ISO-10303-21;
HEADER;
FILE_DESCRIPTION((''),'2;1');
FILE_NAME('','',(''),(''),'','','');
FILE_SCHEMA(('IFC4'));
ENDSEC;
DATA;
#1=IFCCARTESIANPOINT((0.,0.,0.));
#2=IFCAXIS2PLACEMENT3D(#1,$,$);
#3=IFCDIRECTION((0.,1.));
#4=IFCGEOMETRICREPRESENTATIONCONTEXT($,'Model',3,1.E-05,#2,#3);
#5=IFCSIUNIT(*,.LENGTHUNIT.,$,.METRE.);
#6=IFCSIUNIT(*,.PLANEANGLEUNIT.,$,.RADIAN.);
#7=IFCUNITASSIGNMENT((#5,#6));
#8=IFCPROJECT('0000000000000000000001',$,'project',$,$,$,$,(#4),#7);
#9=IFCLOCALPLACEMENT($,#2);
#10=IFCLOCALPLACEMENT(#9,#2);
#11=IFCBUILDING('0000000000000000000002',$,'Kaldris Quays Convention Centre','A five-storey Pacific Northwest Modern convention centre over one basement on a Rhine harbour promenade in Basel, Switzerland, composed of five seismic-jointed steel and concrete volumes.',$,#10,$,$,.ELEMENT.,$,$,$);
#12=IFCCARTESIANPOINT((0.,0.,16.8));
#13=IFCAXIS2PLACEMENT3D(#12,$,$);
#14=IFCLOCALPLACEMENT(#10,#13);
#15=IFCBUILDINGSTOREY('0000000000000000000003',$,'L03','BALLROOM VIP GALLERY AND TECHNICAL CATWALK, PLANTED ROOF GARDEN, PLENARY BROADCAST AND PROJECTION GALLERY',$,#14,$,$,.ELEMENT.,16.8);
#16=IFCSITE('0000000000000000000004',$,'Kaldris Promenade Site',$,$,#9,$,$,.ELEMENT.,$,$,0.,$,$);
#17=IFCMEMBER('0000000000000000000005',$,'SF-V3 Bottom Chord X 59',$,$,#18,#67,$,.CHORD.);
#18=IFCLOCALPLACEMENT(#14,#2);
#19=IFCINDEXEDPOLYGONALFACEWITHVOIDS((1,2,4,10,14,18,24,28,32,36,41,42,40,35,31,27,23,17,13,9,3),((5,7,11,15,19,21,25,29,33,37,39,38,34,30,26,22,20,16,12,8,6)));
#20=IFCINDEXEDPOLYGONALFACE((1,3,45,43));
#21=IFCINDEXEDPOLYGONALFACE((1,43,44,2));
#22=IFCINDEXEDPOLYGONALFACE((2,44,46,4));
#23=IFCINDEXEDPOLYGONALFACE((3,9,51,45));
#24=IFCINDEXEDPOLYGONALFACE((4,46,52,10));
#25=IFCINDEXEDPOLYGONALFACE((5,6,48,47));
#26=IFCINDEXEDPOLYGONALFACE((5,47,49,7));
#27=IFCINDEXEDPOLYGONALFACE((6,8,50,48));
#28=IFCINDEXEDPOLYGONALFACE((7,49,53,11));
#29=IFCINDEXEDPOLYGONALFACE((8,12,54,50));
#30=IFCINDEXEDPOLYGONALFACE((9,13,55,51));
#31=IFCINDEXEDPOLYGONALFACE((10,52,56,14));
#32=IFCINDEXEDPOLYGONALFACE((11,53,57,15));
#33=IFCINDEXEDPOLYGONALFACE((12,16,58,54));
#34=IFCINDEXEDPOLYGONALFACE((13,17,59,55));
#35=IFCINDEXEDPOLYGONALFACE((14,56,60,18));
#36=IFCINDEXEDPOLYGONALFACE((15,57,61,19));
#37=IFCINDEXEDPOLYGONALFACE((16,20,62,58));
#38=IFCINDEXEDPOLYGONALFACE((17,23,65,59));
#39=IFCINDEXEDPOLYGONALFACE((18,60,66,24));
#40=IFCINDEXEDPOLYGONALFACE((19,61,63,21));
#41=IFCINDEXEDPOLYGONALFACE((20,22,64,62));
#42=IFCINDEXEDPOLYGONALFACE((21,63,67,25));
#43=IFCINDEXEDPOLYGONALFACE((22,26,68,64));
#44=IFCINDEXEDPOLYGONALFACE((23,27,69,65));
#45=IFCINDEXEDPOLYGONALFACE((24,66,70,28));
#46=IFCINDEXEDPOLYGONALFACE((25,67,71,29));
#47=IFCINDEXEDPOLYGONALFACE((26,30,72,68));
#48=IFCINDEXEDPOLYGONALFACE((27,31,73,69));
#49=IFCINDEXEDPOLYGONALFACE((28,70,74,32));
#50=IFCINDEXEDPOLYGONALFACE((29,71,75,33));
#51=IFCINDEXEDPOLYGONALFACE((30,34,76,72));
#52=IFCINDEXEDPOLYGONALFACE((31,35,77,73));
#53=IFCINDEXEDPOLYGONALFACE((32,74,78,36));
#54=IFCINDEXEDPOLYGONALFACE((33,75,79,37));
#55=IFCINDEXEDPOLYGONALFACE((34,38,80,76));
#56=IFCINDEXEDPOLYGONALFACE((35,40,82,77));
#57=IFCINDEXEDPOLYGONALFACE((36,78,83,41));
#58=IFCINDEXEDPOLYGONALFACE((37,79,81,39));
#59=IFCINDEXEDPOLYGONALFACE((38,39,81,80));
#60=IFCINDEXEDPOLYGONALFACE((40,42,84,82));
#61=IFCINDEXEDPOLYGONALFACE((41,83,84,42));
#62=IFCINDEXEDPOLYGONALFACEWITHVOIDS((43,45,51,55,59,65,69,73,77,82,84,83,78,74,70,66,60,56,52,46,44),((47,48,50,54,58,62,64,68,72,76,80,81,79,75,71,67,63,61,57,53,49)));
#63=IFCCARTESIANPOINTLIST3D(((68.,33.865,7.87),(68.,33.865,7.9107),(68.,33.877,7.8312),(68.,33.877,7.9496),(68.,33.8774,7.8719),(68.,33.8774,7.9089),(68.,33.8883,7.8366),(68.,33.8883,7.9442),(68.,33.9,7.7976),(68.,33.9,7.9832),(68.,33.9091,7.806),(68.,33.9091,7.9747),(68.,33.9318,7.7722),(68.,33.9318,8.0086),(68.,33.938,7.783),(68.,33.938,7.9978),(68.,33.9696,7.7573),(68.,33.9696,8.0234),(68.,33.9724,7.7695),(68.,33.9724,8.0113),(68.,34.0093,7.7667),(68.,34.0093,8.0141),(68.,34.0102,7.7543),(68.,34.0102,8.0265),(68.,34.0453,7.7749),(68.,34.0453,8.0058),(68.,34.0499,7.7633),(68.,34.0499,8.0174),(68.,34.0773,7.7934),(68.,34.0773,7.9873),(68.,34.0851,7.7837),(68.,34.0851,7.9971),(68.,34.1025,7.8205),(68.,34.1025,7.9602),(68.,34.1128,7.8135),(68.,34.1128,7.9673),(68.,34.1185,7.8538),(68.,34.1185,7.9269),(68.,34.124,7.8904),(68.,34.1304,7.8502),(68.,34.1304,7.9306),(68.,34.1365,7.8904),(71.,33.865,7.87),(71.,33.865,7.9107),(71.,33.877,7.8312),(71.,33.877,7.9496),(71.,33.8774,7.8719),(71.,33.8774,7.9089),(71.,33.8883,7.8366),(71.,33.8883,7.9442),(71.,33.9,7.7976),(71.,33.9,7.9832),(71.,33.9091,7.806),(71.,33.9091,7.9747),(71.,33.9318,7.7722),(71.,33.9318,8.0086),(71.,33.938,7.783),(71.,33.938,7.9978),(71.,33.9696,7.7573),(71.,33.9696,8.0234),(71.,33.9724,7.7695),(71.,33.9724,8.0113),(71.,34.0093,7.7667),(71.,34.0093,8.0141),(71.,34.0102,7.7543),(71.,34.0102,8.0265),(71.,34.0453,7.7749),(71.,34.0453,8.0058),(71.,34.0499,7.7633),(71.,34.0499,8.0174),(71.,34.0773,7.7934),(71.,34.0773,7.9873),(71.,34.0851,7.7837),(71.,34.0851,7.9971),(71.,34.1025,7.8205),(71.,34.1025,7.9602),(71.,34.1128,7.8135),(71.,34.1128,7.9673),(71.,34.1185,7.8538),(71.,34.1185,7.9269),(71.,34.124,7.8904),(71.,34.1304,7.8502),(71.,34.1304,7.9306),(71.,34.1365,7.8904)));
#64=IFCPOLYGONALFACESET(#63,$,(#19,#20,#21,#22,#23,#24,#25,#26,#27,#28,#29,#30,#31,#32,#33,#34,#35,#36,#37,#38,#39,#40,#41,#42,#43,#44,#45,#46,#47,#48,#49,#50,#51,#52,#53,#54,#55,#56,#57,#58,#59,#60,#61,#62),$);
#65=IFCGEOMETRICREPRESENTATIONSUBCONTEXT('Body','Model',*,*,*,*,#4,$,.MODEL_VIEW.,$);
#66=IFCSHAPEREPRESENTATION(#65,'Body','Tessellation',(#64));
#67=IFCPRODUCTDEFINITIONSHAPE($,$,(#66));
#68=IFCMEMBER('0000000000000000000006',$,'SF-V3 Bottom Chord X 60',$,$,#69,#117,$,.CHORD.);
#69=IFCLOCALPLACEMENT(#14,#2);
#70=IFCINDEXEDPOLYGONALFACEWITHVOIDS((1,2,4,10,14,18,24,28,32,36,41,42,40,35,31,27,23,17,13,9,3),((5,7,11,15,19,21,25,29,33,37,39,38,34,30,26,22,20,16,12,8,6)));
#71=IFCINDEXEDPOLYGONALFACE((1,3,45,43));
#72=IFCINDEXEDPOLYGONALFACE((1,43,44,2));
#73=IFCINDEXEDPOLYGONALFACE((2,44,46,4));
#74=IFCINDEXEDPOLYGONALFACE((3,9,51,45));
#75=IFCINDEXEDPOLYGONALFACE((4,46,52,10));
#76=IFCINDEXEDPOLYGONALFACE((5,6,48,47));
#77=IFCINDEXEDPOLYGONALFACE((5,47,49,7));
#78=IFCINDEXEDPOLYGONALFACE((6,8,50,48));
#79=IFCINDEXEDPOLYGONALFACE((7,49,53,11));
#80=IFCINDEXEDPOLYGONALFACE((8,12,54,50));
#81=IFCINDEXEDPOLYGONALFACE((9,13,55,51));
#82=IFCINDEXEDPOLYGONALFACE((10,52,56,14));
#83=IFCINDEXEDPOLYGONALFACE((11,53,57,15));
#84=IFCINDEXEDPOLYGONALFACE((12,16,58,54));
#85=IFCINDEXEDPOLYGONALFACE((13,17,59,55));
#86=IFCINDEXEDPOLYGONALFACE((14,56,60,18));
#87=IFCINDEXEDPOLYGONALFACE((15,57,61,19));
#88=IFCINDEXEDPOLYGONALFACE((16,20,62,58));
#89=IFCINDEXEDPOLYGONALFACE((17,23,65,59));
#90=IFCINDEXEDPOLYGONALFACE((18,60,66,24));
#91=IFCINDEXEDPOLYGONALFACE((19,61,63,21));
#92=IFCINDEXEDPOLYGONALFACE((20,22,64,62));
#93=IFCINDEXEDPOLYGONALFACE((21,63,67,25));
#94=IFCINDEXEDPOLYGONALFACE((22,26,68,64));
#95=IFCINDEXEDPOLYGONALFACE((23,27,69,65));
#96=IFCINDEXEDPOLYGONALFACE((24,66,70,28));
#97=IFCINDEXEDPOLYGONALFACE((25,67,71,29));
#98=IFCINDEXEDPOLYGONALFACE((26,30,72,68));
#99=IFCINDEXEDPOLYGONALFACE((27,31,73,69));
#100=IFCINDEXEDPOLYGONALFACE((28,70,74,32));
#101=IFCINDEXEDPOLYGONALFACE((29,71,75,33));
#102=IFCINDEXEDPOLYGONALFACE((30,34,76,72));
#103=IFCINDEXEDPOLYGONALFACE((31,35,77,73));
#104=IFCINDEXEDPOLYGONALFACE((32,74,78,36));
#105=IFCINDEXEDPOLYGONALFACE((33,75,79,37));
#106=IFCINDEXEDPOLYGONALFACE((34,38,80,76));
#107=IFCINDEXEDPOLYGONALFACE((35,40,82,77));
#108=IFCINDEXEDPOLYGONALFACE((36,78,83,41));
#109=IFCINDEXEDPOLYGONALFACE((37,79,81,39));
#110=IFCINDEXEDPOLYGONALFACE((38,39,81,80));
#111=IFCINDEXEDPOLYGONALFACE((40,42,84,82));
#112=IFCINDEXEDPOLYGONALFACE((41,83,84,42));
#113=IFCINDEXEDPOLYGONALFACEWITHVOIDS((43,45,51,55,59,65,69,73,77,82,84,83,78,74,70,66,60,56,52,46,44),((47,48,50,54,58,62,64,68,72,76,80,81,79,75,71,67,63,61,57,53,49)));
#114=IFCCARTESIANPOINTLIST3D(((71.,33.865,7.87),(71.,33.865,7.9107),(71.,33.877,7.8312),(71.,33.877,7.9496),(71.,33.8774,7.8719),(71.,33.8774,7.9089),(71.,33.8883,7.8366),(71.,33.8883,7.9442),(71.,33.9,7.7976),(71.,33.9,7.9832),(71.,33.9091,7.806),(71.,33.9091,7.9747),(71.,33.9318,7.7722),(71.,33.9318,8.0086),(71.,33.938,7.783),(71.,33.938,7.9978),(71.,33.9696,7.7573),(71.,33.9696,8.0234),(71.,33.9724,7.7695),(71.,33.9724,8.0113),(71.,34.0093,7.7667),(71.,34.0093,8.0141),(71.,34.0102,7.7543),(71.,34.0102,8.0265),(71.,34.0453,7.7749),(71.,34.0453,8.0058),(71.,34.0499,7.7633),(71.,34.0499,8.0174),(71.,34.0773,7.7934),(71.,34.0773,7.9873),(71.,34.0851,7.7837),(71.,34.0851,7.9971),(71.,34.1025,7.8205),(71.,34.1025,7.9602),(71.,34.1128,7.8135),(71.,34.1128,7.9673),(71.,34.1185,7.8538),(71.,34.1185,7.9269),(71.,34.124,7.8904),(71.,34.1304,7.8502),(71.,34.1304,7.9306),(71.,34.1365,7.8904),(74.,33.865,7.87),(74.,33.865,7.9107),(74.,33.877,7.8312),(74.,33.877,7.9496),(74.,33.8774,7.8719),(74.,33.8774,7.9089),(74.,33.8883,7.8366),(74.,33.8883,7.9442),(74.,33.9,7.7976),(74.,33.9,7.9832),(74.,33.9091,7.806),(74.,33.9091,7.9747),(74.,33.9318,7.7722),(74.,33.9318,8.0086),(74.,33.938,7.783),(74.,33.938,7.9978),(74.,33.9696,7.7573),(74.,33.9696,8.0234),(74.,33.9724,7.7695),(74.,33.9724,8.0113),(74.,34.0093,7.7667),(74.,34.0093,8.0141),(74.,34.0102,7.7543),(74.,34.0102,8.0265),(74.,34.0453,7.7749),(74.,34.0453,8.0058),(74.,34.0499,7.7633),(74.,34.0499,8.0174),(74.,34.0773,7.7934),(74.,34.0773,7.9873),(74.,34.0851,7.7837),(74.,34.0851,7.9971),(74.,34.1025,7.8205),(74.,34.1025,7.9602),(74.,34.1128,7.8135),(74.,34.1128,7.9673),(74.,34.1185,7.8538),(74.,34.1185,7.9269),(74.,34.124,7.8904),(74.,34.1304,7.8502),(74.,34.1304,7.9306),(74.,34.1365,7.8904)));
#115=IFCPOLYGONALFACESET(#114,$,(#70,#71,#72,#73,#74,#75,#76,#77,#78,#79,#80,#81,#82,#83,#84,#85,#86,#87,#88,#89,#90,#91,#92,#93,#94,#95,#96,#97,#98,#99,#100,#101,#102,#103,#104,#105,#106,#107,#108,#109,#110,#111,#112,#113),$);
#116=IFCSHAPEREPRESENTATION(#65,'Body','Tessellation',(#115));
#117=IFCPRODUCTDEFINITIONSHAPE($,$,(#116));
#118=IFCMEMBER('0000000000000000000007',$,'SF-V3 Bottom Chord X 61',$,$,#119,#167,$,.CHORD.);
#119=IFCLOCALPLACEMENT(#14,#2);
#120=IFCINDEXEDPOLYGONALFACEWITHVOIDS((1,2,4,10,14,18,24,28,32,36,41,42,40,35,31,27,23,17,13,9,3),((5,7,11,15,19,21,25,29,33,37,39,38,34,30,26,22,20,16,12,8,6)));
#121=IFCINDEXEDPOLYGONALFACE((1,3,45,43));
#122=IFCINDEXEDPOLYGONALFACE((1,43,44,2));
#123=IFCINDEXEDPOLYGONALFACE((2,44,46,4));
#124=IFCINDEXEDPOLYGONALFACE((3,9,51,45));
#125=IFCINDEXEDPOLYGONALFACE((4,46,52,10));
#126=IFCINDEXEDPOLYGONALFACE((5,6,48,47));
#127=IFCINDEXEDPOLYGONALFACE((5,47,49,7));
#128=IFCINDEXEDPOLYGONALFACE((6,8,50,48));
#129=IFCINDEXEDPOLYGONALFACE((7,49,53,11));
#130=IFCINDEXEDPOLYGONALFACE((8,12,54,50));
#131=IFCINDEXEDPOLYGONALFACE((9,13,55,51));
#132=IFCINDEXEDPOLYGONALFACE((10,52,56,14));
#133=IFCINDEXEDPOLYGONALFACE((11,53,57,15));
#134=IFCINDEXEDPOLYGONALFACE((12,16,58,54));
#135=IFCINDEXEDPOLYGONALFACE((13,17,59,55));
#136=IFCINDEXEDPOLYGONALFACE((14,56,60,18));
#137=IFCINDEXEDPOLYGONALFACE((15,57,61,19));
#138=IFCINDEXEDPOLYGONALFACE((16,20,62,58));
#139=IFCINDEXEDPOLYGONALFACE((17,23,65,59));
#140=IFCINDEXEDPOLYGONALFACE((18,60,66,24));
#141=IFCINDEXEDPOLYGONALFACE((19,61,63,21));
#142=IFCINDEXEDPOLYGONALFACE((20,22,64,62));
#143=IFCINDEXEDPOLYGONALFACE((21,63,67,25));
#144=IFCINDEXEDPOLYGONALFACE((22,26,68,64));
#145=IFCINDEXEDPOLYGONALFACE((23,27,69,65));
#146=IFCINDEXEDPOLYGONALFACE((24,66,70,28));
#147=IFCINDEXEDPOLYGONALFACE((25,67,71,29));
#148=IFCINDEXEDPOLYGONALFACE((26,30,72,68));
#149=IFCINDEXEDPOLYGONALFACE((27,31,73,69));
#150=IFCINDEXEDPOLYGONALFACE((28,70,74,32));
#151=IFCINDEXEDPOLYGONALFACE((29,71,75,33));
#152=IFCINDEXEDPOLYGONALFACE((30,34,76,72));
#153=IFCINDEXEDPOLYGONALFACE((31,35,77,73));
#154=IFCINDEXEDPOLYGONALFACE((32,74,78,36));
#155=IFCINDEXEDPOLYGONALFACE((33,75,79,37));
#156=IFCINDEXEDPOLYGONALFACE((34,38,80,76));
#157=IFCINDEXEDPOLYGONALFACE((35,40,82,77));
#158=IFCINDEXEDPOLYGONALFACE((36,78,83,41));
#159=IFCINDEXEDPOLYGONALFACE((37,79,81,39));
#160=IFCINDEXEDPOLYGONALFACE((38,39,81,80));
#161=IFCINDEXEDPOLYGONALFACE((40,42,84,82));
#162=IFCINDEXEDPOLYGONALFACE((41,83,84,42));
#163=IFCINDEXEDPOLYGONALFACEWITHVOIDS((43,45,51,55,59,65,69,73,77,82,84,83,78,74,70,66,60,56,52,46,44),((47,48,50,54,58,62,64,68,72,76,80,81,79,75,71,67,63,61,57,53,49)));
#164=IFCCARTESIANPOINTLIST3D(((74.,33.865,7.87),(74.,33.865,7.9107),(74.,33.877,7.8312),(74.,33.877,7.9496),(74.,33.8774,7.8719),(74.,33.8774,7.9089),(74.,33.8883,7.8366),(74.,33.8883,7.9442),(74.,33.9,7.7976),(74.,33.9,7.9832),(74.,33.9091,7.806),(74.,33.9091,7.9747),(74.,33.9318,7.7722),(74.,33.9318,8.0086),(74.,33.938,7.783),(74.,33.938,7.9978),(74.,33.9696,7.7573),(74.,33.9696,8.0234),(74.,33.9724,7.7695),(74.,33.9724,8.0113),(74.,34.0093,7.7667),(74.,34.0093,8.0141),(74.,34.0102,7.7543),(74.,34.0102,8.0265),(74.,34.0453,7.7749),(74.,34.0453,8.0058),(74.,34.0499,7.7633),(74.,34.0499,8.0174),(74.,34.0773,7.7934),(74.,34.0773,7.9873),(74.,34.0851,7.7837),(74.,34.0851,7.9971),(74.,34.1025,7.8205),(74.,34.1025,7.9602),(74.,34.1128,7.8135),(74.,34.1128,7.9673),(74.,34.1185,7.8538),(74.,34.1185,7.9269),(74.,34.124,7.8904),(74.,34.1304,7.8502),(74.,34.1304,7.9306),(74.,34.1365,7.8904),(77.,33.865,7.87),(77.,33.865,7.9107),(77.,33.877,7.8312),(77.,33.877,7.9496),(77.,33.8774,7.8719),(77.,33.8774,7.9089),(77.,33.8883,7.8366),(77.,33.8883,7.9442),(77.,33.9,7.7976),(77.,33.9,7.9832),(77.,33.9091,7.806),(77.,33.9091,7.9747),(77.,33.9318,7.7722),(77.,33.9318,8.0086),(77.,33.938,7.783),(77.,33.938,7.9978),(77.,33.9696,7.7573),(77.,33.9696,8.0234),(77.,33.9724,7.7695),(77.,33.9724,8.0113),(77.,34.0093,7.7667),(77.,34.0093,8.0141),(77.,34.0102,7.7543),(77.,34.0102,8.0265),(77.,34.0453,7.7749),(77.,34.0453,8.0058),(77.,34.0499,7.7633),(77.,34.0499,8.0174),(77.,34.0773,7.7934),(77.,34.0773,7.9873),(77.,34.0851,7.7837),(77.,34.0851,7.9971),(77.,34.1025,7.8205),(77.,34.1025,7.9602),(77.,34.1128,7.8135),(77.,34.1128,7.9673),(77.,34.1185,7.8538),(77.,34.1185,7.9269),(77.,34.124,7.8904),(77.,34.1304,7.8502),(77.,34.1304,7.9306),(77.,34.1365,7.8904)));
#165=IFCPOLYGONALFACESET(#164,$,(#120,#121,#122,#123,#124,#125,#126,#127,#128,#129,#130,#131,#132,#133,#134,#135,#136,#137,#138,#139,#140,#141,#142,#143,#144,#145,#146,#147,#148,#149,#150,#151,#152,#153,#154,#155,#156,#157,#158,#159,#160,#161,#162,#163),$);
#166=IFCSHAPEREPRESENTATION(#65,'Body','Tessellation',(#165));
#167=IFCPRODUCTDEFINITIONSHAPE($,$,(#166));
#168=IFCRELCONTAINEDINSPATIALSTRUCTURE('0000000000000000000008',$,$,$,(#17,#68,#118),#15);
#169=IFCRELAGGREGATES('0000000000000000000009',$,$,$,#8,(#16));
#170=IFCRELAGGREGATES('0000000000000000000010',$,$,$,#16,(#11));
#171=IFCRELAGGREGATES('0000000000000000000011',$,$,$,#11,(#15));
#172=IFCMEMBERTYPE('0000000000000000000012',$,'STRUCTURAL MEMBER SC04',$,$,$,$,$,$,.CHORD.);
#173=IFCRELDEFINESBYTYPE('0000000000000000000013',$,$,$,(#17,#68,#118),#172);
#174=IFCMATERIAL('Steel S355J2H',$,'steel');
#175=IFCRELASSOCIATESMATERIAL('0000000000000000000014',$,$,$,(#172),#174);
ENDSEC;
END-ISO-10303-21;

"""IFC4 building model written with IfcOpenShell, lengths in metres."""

from ifc_helpers import new_model, si_unit, direction, frame, origin, origin_2d, place, context, subcontext, project, spatial, hollow_circle, extrude, material, material_profile, profile_set, type_object, element, save


model = new_model("IFC4")

# Units and contexts
model_context = context("Model", 3, precision=1e-05, world=origin(), true_north=direction((0.0, 1.0)))
body_context = subcontext(model_context, "Body", "Model", "MODEL_VIEW")
ifc_project = project(units=[si_unit("LENGTHUNIT", "METRE"), si_unit("PLANEANGLEUNIT", "RADIAN")], contexts=[model_context])

# Site, building, storey
site_placement = place(None, origin())
site = spatial("IfcSite", under=ifc_project, at=site_placement, Name="Kaldris Promenade Site", CompositionType="ELEMENT", RefElevation=0.0)
building_placement = place(site_placement, origin())
building = spatial("IfcBuilding", under=site, at=building_placement, Name="Kaldris Quays Convention Centre", Description="A five-storey Pacific Northwest Modern convention centre over one basement on a Rhine harbour promenade in Basel, Switzerland, composed of five seismic-jointed steel and concrete volumes.", CompositionType="ELEMENT")
storey_placement = place(building_placement, frame((0.0, 0.0, 16.8)))
storey = spatial("IfcBuildingStorey", under=building, at=storey_placement, Name="L03", Description="BALLROOM VIP GALLERY AND TECHNICAL CATWALK, PLANTED ROOF GARDEN, PLENARY BROADCAST AND PROJECTION GALLERY", CompositionType="ELEMENT", Elevation=16.8)

# Members
ifc_material_1 = material(Name="Steel S355J2H", Category="steel")
ifc_material_profile_1 = material_profile(ifc_material_1, hollow_circle(Radius=0.1365, WallThickness=0.0125, at=origin_2d()), Name="CHS 273x12.5")
ifc_profile_set_1 = profile_set([ifc_material_profile_1], Name="Steel S355J2H")
member_type_1 = type_object("IfcMemberType", Name="STRUCTURAL MEMBER SC04", PredefinedType="CHORD", material=ifc_profile_set_1)
for number, where, z_axis, x_axis, name in (
    (1, (68.0, 34.0, 7.8904), (1.0, 0.0, 0.0), (0.0, 1.0, 0.0), "SF-V3 Bottom Chord X 59"),
    (2, (71.0, 34.0, 7.8904), (1.0, 0.0, 0.0), (0.0, 1.0, 0.0), "SF-V3 Bottom Chord X 60"),
    (3, (74.0, 34.0, 7.8904), (1.0, 0.0, 0.0), (0.0, 1.0, 0.0), "SF-V3 Bottom Chord X 61"),
):
    element("IfcMember", number, at=place(storey_placement, frame(where, z_axis=z_axis, x_axis=x_axis)), inside=storey, type_object=member_type_1, Name=name, PredefinedType="CHORD", context=body_context, shape_type="SweptSolid", body=[
        extrude(hollow_circle(Radius=0.1365, WallThickness=0.0125, at=origin_2d()), origin(), (0.0, 0.0, 1.0), 3.0),
    ])

save(model, "model.ifc")
